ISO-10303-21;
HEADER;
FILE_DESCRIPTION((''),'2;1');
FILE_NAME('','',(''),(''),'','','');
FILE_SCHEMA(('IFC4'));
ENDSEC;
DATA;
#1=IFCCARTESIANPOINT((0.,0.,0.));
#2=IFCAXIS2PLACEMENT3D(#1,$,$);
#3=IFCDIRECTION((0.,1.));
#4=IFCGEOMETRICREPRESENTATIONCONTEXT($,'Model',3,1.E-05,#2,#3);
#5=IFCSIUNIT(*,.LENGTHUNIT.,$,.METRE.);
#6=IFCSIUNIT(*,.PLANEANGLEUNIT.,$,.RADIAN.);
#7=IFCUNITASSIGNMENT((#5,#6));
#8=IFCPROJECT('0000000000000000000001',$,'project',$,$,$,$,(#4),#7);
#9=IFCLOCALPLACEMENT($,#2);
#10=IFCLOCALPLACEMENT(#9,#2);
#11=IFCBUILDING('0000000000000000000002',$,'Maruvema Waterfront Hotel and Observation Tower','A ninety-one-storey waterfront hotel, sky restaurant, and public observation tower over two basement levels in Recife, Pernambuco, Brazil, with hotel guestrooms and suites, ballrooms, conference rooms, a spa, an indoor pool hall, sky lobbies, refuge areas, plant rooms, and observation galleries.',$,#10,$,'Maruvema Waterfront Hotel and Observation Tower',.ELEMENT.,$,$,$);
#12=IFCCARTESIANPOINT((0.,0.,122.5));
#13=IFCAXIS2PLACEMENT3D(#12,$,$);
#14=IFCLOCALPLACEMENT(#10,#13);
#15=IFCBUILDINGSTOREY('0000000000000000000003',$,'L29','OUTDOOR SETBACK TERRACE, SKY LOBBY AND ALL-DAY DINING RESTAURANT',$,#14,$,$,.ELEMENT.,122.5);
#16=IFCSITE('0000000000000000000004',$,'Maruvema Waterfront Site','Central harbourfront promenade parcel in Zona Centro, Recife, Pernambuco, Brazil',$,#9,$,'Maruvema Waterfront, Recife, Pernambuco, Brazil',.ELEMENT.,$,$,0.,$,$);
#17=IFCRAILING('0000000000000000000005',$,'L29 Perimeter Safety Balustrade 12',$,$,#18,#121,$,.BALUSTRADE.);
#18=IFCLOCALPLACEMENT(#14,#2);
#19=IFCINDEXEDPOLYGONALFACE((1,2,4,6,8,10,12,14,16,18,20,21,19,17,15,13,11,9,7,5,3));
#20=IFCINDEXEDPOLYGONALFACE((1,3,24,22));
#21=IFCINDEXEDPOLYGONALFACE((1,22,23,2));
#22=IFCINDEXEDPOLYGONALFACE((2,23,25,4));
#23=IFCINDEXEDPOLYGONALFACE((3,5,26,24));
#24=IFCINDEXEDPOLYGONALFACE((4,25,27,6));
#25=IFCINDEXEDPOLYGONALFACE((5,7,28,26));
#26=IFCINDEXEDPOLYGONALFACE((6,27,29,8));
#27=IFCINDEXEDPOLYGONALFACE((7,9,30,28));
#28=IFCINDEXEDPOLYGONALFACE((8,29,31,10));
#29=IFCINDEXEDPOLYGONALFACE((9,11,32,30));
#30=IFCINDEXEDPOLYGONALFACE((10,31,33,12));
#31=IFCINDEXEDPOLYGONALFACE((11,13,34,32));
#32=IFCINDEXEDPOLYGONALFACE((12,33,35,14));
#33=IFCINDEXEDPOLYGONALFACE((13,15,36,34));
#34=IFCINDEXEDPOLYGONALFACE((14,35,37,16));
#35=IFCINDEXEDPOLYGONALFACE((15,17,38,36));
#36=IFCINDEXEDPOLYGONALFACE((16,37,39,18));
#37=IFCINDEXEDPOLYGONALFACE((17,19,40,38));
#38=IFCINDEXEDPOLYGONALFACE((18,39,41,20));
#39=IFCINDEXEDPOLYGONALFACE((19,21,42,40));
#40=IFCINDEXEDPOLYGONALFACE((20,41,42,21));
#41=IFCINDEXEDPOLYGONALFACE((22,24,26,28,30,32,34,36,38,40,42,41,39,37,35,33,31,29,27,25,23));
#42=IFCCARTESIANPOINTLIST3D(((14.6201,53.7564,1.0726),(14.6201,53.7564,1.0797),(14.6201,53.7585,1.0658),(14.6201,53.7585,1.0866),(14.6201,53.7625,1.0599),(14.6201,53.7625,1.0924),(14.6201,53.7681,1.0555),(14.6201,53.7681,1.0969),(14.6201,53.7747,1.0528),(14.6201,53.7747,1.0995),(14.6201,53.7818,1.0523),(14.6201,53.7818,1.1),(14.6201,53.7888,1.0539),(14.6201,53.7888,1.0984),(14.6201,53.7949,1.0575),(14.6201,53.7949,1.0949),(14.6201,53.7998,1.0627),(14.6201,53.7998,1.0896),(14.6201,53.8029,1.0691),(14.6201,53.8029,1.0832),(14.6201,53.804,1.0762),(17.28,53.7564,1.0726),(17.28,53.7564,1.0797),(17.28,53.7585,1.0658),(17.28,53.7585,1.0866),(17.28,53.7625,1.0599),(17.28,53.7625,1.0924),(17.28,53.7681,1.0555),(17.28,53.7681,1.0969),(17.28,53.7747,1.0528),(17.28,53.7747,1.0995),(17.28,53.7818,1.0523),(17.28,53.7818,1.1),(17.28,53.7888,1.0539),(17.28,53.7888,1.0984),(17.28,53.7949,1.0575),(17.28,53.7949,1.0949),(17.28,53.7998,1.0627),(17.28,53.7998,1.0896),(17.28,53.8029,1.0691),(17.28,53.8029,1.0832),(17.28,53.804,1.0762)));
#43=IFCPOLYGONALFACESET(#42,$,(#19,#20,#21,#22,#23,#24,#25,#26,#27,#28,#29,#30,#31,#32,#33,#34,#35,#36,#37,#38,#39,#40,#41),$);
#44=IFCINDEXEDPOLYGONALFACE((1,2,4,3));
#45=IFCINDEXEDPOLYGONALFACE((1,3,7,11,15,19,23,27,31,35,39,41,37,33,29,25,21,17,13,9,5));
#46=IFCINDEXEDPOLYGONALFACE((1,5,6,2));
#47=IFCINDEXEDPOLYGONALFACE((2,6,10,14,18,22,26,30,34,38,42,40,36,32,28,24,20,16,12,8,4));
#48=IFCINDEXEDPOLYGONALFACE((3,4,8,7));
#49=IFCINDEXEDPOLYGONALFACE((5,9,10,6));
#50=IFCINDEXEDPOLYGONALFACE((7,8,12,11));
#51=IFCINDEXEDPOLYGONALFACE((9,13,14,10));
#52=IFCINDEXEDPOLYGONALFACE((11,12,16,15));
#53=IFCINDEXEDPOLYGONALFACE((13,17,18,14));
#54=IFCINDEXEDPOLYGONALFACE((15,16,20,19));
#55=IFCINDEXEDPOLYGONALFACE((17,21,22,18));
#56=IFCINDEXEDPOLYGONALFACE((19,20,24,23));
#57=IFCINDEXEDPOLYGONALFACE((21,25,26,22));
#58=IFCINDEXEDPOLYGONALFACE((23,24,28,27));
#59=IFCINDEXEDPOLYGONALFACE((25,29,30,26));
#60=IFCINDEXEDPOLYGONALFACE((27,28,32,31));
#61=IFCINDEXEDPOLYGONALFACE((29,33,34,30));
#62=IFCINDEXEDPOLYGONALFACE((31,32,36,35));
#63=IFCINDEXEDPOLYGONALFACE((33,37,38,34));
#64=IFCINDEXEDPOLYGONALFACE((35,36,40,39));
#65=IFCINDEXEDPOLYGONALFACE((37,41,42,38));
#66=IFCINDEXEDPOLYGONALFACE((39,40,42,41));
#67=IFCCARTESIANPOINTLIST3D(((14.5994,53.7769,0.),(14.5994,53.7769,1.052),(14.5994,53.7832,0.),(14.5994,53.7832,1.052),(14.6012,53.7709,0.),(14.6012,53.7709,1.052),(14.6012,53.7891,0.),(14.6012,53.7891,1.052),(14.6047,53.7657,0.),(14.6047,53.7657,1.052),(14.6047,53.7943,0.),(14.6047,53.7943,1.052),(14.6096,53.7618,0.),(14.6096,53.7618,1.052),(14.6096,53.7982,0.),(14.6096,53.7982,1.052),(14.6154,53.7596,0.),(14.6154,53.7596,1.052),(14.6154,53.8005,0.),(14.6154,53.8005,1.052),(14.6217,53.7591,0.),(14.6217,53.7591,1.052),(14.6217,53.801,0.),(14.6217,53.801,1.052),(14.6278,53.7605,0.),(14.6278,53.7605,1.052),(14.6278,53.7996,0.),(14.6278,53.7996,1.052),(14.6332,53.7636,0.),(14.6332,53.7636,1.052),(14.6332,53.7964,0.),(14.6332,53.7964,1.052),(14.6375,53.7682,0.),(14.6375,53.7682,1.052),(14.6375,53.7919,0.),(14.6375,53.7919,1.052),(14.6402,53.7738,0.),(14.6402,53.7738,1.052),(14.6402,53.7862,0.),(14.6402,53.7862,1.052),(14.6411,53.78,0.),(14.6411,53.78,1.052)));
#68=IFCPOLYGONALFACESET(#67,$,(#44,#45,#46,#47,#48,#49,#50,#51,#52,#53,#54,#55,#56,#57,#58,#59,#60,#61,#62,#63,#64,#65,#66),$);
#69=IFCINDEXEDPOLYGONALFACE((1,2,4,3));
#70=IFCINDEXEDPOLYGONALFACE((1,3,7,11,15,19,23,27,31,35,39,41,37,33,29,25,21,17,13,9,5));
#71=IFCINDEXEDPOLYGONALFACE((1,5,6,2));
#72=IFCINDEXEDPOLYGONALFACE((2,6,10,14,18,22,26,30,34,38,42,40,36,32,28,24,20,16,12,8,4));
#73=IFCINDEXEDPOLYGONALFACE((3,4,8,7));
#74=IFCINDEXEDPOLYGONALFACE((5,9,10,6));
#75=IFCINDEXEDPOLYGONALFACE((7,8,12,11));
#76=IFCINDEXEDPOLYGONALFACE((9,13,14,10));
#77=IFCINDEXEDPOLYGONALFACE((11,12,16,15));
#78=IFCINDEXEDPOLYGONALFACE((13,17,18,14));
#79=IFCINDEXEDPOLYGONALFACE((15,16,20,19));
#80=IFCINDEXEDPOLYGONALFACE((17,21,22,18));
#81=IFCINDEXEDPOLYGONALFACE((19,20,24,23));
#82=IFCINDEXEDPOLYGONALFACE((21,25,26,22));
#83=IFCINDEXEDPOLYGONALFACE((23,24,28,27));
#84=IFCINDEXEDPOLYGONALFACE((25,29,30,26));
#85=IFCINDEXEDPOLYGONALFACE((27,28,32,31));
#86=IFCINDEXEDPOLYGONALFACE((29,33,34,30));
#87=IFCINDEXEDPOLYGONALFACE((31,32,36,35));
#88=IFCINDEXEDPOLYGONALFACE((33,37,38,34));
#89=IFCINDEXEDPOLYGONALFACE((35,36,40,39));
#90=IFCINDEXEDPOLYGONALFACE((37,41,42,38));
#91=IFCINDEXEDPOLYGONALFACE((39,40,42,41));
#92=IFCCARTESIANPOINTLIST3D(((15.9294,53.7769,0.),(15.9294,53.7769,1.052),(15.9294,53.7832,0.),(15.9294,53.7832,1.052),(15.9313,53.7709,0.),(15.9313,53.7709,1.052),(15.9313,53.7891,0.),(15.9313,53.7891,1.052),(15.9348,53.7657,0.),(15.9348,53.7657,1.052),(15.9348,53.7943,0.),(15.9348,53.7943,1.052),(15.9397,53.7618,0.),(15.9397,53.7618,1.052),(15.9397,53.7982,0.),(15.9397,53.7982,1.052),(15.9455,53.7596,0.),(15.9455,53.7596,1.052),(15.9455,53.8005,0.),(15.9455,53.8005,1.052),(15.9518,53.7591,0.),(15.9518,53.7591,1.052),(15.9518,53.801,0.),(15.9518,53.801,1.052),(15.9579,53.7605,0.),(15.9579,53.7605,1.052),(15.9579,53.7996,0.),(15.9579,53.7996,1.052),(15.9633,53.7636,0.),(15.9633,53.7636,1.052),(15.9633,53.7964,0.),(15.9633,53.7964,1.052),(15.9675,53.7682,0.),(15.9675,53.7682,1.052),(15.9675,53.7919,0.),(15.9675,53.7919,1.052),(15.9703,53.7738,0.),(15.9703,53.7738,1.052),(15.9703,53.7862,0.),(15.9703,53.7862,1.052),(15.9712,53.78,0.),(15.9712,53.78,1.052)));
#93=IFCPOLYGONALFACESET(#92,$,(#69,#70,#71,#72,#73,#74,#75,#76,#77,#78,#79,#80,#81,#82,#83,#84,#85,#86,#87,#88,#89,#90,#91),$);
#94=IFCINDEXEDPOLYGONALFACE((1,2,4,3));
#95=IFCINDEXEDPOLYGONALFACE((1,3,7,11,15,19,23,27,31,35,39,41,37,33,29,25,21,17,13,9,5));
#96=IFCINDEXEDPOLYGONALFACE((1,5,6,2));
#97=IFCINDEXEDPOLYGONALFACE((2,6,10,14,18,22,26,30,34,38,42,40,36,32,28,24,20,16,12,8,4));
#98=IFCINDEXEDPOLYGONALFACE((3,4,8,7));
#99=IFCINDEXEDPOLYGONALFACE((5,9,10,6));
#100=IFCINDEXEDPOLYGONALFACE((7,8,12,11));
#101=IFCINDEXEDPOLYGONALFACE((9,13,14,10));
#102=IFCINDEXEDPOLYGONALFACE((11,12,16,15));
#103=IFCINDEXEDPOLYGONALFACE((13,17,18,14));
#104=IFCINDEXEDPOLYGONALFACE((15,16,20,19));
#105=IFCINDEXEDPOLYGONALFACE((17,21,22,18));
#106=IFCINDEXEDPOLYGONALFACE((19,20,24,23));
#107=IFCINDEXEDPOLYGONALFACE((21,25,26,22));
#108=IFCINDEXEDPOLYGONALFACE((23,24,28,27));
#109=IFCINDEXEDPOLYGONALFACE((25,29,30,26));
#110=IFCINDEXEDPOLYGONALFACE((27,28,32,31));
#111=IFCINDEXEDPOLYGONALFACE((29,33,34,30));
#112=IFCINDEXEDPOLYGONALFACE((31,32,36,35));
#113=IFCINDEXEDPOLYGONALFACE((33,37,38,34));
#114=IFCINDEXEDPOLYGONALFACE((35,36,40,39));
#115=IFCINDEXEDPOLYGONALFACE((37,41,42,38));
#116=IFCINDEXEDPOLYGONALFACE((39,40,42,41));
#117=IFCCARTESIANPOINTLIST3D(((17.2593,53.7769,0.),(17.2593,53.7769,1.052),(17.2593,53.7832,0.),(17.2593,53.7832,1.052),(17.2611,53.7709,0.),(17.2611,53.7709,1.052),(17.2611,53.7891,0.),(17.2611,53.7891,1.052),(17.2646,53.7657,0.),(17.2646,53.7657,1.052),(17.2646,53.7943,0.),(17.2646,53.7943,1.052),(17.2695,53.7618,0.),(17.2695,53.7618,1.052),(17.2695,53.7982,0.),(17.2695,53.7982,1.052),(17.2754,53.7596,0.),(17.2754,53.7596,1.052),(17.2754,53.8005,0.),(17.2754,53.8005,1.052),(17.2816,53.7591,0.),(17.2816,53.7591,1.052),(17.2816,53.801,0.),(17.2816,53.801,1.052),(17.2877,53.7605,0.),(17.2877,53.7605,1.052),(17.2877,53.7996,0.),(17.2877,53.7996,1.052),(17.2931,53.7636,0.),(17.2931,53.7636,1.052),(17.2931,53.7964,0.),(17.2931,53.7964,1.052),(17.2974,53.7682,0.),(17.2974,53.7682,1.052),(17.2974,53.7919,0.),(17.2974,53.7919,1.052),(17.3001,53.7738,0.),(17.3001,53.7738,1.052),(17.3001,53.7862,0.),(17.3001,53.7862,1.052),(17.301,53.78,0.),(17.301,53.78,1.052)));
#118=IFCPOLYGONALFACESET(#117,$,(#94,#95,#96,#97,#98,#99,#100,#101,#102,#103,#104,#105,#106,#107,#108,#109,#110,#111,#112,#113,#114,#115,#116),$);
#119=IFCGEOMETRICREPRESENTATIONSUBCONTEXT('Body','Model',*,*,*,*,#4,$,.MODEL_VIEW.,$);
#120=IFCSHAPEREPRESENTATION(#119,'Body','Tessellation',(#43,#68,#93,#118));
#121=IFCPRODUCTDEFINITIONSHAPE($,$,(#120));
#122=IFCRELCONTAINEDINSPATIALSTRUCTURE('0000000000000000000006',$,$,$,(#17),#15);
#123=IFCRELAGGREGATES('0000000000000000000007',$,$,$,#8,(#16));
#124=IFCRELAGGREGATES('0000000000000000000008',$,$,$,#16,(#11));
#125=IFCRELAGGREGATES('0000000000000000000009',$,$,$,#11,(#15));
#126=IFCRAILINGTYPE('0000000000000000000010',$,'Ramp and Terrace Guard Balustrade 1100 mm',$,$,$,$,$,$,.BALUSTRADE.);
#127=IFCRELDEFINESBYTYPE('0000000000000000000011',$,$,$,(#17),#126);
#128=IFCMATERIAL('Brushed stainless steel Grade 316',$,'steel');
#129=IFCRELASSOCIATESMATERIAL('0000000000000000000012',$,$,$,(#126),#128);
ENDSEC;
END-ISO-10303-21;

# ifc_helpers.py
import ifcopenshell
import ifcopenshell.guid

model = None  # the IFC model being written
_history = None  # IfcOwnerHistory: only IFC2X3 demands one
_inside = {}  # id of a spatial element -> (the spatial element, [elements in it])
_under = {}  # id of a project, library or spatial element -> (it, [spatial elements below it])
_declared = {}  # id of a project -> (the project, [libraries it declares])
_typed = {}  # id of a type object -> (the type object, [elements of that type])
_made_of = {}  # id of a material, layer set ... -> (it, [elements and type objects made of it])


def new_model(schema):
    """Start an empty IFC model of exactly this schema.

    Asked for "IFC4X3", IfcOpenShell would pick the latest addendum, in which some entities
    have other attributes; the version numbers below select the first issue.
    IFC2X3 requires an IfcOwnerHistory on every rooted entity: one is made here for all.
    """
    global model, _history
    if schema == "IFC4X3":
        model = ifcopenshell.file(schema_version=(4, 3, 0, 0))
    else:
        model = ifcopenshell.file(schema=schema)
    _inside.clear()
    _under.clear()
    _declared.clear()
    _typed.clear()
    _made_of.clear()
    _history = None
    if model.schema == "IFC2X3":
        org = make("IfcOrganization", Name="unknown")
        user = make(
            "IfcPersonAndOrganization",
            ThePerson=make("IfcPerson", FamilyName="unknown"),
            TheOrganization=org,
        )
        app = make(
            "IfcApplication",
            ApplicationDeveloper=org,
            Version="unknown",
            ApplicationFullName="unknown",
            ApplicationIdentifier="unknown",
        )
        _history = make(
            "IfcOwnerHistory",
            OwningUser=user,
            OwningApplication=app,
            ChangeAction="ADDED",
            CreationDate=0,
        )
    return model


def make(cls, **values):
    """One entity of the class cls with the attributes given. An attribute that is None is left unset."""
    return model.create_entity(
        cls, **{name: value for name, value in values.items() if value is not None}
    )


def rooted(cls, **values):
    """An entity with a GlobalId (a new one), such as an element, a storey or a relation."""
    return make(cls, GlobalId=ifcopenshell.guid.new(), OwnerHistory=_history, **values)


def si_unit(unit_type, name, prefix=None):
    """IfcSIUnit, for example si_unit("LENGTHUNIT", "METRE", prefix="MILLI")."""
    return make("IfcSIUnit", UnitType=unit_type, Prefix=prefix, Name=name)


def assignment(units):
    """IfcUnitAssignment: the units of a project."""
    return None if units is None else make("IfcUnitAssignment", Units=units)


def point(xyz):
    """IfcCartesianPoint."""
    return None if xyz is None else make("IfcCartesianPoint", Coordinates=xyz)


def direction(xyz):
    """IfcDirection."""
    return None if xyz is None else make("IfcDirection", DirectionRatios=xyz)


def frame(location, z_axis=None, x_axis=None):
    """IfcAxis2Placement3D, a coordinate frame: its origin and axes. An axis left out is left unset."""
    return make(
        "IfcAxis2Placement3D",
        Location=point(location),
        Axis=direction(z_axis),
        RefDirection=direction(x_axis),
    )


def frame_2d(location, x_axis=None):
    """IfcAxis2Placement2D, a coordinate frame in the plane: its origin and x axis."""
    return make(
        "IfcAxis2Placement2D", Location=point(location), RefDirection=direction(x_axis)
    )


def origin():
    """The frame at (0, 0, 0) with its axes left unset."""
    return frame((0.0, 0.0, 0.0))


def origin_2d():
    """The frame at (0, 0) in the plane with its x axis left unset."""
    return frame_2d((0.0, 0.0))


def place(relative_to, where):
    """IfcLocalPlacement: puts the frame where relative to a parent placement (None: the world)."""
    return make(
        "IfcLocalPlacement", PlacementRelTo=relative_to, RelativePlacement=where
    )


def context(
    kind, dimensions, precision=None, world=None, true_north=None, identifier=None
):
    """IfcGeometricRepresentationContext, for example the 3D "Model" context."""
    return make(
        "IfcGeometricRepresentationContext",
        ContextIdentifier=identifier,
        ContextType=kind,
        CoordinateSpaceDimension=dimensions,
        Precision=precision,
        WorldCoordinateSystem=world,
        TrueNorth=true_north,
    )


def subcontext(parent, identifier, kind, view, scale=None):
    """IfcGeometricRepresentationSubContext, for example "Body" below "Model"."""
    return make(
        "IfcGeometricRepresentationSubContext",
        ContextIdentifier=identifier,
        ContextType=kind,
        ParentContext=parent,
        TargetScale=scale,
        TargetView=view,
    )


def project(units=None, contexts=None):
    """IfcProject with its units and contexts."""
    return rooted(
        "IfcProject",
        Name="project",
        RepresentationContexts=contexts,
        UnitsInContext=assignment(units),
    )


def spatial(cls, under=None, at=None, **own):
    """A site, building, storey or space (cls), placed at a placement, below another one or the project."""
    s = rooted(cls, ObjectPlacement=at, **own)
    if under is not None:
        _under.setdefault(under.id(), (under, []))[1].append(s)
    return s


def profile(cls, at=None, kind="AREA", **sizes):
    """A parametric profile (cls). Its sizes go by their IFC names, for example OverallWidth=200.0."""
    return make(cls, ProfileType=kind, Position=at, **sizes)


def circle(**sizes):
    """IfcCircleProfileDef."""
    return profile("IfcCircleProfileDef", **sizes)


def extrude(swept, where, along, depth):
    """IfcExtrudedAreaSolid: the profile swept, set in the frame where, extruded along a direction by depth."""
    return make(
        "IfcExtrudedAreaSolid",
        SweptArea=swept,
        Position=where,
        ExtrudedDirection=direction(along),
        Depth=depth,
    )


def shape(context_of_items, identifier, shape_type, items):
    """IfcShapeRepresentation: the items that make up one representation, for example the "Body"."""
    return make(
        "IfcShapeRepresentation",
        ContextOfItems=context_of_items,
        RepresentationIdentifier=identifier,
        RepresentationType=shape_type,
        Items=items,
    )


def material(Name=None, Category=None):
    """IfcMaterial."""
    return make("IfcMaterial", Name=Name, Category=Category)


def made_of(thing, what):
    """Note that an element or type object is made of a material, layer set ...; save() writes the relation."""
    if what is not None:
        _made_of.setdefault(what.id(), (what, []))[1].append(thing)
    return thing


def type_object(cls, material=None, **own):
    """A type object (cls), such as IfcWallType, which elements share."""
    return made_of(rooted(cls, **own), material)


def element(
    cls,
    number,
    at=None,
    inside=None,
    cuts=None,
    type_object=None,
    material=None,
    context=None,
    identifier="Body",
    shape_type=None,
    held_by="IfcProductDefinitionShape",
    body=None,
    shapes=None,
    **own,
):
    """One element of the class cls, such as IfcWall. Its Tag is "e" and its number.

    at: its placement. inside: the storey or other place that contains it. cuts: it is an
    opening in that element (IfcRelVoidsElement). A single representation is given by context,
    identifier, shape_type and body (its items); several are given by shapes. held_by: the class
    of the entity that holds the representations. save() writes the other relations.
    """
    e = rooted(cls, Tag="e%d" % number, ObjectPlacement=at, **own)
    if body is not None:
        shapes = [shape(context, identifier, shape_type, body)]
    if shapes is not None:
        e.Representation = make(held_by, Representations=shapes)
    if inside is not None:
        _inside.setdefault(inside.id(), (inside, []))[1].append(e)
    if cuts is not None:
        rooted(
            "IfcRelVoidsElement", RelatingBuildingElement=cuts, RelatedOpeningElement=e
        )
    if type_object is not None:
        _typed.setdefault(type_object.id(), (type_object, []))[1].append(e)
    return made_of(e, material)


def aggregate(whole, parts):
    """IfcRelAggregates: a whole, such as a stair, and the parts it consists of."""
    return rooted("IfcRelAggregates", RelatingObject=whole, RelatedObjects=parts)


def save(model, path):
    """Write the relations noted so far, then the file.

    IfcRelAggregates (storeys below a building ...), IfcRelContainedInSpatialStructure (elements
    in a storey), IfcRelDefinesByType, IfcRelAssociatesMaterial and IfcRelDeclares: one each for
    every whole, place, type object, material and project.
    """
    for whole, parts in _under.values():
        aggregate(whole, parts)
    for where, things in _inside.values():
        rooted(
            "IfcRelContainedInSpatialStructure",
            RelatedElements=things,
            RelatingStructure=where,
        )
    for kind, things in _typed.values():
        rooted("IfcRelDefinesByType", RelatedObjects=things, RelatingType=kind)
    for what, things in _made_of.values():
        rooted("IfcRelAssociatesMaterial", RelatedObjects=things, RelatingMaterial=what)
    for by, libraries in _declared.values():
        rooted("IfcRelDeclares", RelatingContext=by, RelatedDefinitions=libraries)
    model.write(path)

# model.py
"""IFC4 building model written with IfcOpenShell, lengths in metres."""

from ifc_helpers import new_model, si_unit, direction, frame, origin, origin_2d, place, context, subcontext, project, spatial, circle, extrude, material, type_object, element, save


model = new_model("IFC4")

# Units and contexts
model_context = context("Model", 3, precision=1e-05, world=origin(), true_north=direction((0.0, 1.0)))
body_context = subcontext(model_context, "Body", "Model", "MODEL_VIEW")
ifc_project = project(units=[si_unit("LENGTHUNIT", "METRE"), si_unit("PLANEANGLEUNIT", "RADIAN")], contexts=[model_context])

# Site, building, storey
site_placement = place(None, origin())
site = spatial("IfcSite", under=ifc_project, at=site_placement, Name="Maruvema Waterfront Site", Description="Central harbourfront promenade parcel in Zona Centro, Recife, Pernambuco, Brazil", LongName="Maruvema Waterfront, Recife, Pernambuco, Brazil", CompositionType="ELEMENT", RefElevation=0.0)
building_placement = place(site_placement, origin())
building = spatial("IfcBuilding", under=site, at=building_placement, Name="Maruvema Waterfront Hotel and Observation Tower", Description="A ninety-one-storey waterfront hotel, sky restaurant, and public observation tower over two basement levels in Recife, Pernambuco, Brazil, with hotel guestrooms and suites, ballrooms, conference rooms, a spa, an indoor pool hall, sky lobbies, refuge areas, plant rooms, and observation galleries.", LongName="Maruvema Waterfront Hotel and Observation Tower", CompositionType="ELEMENT")
storey_placement = place(building_placement, frame((0.0, 0.0, 122.5)))
storey = spatial("IfcBuildingStorey", under=building, at=storey_placement, Name="L29", Description="OUTDOOR SETBACK TERRACE, SKY LOBBY AND ALL-DAY DINING RESTAURANT", CompositionType="ELEMENT", Elevation=122.5)

# Railing
ifc_material_1 = material(Name="Brushed stainless steel Grade 316", Category="steel")
railing_type = type_object("IfcRailingType", Name="Ramp and Terrace Guard Balustrade 1100 mm", PredefinedType="BALUSTRADE", material=ifc_material_1)
railing_1_placement = place(storey_placement, frame((14.6201, 53.78, 0.0)))
element("IfcRailing", 1, at=railing_1_placement, inside=storey, type_object=railing_type, Name="L29 Perimeter Safety Balustrade 12", PredefinedType="BALUSTRADE", context=body_context, shape_type="SweptSolid", body=[
    extrude(circle(Radius=0.0239, at=origin_2d()), frame((0.0, 0.0, 1.0762), z_axis=(1.0, 0.0, 0.0), x_axis=(0.0, 1.0, 0.0)), (0.0, 0.0, 1.0), 2.6599),
    extrude(circle(Radius=0.021, at=origin_2d()), origin(), (0.0, 0.0, 1.0), 1.052),
    extrude(circle(Radius=0.021, at=origin_2d()), frame((1.3301, 0.0, 0.0)), (0.0, 0.0, 1.0), 1.052),
    extrude(circle(Radius=0.021, at=origin_2d()), frame((2.6599, 0.0, 0.0)), (0.0, 0.0, 1.0), 1.052),
])

save(model, "model.ifc")
